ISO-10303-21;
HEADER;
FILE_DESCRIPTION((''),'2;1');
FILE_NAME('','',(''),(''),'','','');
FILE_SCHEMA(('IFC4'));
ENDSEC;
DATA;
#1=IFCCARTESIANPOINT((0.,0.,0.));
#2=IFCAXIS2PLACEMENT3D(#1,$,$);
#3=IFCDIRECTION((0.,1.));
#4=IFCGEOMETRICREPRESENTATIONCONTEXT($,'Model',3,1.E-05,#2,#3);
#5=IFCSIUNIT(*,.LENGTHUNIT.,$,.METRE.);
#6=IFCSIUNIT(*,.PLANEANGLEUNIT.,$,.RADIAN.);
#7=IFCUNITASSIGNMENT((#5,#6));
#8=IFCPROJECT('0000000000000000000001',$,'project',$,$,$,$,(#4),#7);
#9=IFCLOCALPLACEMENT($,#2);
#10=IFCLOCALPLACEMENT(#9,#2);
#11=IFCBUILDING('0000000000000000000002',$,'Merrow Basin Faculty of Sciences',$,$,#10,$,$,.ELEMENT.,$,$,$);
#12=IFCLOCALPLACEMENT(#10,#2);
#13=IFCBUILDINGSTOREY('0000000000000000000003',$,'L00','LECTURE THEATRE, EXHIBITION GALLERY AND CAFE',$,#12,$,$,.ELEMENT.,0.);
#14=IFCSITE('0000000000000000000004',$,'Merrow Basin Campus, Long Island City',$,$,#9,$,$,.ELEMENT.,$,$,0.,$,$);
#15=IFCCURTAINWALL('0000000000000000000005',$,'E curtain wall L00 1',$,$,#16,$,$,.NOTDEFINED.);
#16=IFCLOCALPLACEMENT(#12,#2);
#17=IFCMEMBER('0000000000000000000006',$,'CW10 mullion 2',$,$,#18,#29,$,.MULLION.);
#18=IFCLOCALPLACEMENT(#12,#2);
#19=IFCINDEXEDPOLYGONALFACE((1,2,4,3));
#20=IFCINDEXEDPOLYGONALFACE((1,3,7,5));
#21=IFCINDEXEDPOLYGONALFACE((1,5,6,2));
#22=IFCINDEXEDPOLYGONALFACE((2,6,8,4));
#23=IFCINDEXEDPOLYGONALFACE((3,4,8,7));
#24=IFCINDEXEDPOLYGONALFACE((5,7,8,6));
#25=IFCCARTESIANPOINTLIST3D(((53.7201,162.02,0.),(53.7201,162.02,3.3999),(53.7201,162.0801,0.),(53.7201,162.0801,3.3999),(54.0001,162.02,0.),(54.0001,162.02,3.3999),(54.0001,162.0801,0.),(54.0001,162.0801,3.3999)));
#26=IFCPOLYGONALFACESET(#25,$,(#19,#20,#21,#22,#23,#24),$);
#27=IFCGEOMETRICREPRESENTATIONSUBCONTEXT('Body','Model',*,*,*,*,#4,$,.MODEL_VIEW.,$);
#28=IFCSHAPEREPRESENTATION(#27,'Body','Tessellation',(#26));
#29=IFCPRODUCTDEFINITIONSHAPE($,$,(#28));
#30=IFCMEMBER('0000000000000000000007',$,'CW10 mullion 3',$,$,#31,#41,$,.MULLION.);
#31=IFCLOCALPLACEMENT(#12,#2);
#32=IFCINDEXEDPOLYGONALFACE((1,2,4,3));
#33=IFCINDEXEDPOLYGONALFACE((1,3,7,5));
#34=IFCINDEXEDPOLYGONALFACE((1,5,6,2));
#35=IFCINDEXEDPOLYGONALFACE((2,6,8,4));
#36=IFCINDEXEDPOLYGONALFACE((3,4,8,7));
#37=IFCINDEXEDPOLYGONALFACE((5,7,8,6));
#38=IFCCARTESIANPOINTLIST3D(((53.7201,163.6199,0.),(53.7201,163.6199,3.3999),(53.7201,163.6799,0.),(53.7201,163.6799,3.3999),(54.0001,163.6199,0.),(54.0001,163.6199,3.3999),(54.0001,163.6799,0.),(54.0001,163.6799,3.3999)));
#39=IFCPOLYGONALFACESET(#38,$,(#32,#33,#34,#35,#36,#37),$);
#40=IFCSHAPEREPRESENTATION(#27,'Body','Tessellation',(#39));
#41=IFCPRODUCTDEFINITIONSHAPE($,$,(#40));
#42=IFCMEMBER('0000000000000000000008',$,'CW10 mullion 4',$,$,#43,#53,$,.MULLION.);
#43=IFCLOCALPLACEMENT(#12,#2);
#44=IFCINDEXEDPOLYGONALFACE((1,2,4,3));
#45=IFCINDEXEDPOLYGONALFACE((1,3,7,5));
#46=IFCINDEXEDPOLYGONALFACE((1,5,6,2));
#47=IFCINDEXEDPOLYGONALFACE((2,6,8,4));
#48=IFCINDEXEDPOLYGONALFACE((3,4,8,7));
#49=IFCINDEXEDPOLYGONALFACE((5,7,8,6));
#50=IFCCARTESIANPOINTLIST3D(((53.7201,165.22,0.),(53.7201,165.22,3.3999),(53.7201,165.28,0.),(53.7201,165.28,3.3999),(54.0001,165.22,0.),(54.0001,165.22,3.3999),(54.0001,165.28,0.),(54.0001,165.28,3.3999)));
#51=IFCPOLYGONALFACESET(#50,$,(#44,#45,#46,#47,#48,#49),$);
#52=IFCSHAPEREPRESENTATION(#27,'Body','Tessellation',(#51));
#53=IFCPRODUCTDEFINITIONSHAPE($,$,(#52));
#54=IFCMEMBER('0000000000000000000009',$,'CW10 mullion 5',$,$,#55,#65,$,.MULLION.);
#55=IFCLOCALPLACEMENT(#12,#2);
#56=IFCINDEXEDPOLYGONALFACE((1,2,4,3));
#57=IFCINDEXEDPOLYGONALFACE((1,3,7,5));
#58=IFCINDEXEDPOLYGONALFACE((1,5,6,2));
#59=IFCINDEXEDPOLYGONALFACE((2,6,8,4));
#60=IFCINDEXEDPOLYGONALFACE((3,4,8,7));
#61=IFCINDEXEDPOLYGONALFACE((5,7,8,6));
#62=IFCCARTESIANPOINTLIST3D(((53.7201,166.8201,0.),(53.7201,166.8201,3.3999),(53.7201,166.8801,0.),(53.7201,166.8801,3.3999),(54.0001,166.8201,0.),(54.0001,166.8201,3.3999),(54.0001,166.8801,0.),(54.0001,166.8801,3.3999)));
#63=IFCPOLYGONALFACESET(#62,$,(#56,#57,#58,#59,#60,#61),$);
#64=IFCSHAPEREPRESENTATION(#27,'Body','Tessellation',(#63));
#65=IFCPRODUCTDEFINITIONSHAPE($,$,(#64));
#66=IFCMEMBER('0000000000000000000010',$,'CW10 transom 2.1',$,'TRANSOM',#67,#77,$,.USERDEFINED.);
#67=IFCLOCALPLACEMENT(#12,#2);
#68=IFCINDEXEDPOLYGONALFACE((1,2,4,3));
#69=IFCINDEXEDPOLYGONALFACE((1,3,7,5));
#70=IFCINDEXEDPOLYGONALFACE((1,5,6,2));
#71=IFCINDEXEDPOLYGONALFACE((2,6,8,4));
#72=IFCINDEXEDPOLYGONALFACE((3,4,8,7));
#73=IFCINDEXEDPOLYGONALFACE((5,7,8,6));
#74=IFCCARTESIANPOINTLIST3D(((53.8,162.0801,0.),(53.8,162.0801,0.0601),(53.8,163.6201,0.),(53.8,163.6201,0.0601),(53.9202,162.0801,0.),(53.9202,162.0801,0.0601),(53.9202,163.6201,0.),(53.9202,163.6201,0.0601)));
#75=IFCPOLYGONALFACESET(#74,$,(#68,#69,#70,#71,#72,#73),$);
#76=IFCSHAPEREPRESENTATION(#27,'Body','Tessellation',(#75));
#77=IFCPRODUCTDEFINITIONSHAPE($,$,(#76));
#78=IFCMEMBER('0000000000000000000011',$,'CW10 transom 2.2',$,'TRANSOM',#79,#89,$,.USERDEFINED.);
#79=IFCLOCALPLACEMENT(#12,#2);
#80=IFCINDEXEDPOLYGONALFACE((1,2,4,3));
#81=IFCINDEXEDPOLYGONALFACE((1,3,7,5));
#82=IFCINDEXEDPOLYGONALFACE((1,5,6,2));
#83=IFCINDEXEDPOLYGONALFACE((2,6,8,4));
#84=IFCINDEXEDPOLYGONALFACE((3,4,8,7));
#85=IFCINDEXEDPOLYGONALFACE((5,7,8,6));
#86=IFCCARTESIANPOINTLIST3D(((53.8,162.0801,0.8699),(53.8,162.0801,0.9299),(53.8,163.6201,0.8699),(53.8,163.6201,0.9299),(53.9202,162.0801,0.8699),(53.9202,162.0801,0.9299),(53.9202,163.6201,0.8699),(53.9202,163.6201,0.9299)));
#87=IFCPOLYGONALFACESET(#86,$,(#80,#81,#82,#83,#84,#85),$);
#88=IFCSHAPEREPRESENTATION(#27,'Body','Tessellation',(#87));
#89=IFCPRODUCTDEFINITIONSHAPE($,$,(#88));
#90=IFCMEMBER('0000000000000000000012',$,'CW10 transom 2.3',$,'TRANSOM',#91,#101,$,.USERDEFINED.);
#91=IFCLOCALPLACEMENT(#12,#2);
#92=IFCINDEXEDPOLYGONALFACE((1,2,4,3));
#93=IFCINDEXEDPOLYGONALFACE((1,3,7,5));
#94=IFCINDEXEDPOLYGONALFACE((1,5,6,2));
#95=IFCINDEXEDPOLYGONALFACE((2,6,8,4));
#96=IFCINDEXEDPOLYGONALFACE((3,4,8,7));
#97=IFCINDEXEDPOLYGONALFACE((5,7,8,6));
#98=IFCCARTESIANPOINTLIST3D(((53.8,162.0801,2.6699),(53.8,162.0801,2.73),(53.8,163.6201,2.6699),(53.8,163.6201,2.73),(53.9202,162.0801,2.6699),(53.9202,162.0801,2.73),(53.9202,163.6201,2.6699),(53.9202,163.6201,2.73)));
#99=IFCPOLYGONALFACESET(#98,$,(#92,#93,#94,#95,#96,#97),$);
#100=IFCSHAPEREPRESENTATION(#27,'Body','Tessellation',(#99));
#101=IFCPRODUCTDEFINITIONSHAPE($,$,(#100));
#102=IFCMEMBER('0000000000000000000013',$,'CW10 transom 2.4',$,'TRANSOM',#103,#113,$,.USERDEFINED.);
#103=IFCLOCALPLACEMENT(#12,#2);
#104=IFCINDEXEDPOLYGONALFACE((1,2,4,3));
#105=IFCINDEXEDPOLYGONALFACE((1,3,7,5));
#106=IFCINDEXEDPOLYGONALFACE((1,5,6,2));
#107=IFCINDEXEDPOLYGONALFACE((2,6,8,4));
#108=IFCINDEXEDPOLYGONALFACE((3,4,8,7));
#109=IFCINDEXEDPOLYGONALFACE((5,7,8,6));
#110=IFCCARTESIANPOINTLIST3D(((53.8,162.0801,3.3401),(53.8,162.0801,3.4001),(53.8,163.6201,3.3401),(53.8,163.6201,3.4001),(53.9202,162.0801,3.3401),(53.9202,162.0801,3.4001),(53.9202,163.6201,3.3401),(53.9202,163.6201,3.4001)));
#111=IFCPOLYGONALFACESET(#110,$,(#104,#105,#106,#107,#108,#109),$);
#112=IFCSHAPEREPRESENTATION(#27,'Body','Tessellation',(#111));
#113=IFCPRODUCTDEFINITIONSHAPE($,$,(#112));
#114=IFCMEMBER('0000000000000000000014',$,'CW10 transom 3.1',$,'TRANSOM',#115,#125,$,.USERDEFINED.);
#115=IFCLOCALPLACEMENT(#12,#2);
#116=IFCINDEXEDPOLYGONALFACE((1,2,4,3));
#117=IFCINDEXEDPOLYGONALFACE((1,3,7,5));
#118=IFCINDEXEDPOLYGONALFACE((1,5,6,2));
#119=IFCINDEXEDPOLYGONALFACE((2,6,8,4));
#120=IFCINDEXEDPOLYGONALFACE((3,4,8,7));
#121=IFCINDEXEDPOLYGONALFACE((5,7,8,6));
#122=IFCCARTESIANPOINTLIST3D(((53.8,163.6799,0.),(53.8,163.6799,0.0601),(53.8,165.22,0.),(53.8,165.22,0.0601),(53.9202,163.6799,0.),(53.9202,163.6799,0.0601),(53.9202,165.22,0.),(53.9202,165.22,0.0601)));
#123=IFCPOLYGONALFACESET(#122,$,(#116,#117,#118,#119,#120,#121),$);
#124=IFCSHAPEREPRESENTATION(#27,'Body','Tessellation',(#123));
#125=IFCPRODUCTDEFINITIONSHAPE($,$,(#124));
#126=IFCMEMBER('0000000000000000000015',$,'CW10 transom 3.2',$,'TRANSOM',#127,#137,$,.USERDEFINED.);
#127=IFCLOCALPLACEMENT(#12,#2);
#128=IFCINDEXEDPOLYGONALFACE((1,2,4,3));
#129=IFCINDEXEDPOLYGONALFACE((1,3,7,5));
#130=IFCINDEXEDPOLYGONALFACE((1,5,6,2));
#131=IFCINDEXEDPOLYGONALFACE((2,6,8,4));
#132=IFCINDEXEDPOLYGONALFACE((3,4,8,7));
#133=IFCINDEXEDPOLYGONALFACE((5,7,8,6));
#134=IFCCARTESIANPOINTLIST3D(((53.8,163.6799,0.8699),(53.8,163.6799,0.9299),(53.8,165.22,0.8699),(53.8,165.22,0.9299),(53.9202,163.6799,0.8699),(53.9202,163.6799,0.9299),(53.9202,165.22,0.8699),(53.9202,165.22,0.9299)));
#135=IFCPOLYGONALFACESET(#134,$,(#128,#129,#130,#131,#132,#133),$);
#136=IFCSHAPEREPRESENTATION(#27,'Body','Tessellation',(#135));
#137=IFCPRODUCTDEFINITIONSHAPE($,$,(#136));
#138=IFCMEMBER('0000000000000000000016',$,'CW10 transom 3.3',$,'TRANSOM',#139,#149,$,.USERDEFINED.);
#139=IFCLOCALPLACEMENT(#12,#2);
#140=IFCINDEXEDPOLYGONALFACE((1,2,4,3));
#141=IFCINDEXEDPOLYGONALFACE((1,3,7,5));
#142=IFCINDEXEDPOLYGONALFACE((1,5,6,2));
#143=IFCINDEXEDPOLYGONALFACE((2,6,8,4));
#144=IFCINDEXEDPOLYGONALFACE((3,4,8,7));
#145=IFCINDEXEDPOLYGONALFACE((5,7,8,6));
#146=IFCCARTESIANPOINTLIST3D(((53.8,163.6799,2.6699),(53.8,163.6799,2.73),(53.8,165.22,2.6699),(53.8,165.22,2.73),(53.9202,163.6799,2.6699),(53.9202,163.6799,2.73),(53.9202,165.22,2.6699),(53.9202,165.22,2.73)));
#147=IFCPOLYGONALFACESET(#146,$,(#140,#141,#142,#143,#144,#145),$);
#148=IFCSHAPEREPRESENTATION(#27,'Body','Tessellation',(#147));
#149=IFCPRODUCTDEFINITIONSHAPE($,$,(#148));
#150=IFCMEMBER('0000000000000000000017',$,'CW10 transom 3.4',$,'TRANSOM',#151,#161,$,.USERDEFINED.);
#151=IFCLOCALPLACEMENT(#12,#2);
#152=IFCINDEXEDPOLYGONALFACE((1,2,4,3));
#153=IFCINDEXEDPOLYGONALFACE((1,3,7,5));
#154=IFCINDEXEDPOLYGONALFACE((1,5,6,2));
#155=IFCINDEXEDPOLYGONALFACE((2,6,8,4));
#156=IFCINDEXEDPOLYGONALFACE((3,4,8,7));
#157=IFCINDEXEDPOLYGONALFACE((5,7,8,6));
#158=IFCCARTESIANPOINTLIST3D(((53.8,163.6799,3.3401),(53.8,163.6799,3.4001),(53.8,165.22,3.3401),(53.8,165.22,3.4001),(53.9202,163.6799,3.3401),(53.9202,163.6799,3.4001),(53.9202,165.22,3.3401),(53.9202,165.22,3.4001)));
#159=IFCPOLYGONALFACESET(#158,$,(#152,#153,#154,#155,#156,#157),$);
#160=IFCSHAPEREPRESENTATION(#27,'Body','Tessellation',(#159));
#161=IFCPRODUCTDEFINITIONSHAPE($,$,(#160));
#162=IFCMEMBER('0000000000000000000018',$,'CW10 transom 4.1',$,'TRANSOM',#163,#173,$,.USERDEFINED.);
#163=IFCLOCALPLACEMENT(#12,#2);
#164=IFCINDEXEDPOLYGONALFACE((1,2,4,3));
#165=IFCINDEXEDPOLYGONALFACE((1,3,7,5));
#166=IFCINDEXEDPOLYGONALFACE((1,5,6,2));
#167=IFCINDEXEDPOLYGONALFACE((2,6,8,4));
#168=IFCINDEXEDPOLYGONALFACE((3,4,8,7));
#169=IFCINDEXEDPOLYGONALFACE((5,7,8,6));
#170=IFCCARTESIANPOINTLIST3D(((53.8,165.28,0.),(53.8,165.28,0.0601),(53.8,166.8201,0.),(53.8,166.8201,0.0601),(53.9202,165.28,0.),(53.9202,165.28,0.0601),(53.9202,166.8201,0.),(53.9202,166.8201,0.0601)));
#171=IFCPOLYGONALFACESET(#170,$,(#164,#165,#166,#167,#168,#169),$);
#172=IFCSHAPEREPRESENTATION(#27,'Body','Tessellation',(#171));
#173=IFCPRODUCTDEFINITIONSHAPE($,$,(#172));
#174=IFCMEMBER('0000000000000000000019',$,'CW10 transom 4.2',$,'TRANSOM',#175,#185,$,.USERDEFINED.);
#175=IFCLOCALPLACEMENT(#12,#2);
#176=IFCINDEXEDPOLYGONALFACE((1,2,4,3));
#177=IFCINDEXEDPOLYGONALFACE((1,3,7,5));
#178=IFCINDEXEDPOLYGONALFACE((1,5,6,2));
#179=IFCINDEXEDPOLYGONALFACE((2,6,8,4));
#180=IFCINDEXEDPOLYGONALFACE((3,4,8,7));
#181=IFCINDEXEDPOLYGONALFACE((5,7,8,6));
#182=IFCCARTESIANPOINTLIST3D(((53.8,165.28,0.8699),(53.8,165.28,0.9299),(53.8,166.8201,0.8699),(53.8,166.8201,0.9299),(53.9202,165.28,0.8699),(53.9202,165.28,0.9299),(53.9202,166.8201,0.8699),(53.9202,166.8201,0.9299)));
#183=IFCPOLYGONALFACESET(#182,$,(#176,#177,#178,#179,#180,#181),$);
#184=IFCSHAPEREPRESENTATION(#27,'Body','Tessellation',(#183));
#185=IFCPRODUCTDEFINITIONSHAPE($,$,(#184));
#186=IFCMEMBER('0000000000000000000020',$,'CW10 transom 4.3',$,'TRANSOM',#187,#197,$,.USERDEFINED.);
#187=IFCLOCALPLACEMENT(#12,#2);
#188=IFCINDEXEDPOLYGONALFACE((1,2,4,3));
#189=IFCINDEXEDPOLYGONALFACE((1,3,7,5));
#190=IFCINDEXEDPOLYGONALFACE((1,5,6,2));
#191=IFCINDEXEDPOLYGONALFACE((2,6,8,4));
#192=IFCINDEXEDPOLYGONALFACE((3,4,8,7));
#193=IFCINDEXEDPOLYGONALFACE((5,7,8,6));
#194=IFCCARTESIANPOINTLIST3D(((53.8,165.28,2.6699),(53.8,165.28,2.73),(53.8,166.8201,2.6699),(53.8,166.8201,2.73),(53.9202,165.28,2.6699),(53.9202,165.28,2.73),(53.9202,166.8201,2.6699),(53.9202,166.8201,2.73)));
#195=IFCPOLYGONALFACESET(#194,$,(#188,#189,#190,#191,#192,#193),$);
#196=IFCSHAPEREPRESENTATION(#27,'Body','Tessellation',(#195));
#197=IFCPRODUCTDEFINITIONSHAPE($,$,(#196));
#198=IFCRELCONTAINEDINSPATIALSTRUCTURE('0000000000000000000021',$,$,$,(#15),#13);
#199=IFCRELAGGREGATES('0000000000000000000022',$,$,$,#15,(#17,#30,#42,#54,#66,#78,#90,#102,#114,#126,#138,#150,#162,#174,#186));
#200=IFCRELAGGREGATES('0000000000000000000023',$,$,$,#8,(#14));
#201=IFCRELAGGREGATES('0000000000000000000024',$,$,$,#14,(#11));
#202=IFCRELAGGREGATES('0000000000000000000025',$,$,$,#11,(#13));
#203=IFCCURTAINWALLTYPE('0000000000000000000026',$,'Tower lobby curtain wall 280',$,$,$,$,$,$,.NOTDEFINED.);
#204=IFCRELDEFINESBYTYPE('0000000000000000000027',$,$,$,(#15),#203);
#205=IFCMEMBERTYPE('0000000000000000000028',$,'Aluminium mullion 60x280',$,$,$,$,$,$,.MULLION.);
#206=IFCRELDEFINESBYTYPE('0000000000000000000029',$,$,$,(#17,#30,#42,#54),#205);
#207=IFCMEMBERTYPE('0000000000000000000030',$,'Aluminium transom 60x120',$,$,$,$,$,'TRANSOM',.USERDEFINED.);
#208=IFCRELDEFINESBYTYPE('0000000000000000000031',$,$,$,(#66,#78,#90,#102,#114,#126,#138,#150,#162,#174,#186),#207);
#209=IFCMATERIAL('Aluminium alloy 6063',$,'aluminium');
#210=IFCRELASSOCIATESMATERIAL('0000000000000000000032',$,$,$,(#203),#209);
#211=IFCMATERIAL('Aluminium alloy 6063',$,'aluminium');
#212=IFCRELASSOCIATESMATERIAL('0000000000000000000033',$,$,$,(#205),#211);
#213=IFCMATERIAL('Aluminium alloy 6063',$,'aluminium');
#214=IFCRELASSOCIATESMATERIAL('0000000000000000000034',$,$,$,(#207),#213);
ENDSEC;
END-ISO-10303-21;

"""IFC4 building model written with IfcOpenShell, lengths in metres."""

from ifc_helpers import new_model, si_unit, direction, frame, origin, origin_2d, place, context, subcontext, project, spatial, rectangle, extrude, material, material_profile, profile_set, type_object, element, aggregate, save


model = new_model("IFC4")

# Units and contexts
model_context = context("Model", 3, precision=1e-05, world=origin(), true_north=direction((0.0, 1.0)))
body_context = subcontext(model_context, "Body", "Model", "MODEL_VIEW")
ifc_project = project(units=[si_unit("LENGTHUNIT", "METRE"), si_unit("PLANEANGLEUNIT", "RADIAN")], contexts=[model_context])

# Site, building, storey
site_placement = place(None, origin())
site = spatial("IfcSite", under=ifc_project, at=site_placement, Name="Merrow Basin Campus, Long Island City", CompositionType="ELEMENT", RefElevation=0.0)
building_placement = place(site_placement, origin())
building = spatial("IfcBuilding", under=site, at=building_placement, Name="Merrow Basin Faculty of Sciences", CompositionType="ELEMENT")
storey_placement = place(building_placement, origin())
storey = spatial("IfcBuildingStorey", under=building, at=storey_placement, Name="L00", Description="LECTURE THEATRE, EXHIBITION GALLERY AND CAFE", CompositionType="ELEMENT", Elevation=0.0)

# Curtain wall, members
ifc_material_1 = material(Name="Aluminium alloy 6063", Category="aluminium")
curtain_wall_type = type_object("IfcCurtainWallType", Name="Tower lobby curtain wall 280", PredefinedType="NOTDEFINED", material=ifc_material_1)
curtain_wall_placement = place(storey_placement, origin())
curtain_wall = element("IfcCurtainWall", 1, at=curtain_wall_placement, inside=storey, type_object=curtain_wall_type, Name="E curtain wall L00 1", PredefinedType="NOTDEFINED")
ifc_material_2 = material(Name="Aluminium alloy 6063", Category="aluminium")
ifc_material_profile_1 = material_profile(ifc_material_2, rectangle(XDim=0.28, YDim=0.0601, at=origin_2d()))
ifc_profile_set_1 = profile_set([ifc_material_profile_1], Name="Aluminium alloy 6063")
member_type_1 = type_object("IfcMemberType", Name="Aluminium mullion 60x280", PredefinedType="MULLION", material=ifc_profile_set_1)
member_1_placement = place(storey_placement, frame((53.8601, 162.05, 0.0), z_axis=(0.0, 0.0, 1.0), x_axis=(-1.0, 0.0, 0.0)))
member_1 = element("IfcMember", 2, at=member_1_placement, type_object=member_type_1, Name="CW10 mullion 2", PredefinedType="MULLION", context=body_context, shape_type="SweptSolid", body=[
    extrude(rectangle(XDim=0.28, YDim=0.0601, at=origin_2d()), origin(), (0.0, 0.0, 1.0), 3.3999),
])
member_2_placement = place(storey_placement, frame((53.8601, 163.6499, 0.0), z_axis=(0.0, 0.0, 1.0), x_axis=(-1.0, 0.0, 0.0)))
member_2 = element("IfcMember", 3, at=member_2_placement, type_object=member_type_1, Name="CW10 mullion 3", PredefinedType="MULLION", context=body_context, shape_type="SweptSolid", body=[
    extrude(rectangle(XDim=0.28, YDim=0.0601, at=origin_2d()), origin(), (0.0, 0.0, 1.0), 3.3999),
])
member_3_placement = place(storey_placement, frame((53.8601, 165.25, 0.0), z_axis=(0.0, 0.0, 1.0), x_axis=(-1.0, 0.0, 0.0)))
member_3 = element("IfcMember", 4, at=member_3_placement, type_object=member_type_1, Name="CW10 mullion 4", PredefinedType="MULLION", context=body_context, shape_type="SweptSolid", body=[
    extrude(rectangle(XDim=0.28, YDim=0.0601, at=origin_2d()), origin(), (0.0, 0.0, 1.0), 3.3999),
])
member_4_placement = place(storey_placement, frame((53.8601, 166.8501, 0.0), z_axis=(0.0, 0.0, 1.0), x_axis=(-1.0, 0.0, 0.0)))
member_4 = element("IfcMember", 5, at=member_4_placement, type_object=member_type_1, Name="CW10 mullion 5", PredefinedType="MULLION", context=body_context, shape_type="SweptSolid", body=[
    extrude(rectangle(XDim=0.28, YDim=0.0601, at=origin_2d()), origin(), (0.0, 0.0, 1.0), 3.3999),
])
ifc_material_3 = material(Name="Aluminium alloy 6063", Category="aluminium")
ifc_material_profile_2 = material_profile(ifc_material_3, rectangle(XDim=0.1201, YDim=0.0601, at=origin_2d()))
ifc_profile_set_2 = profile_set([ifc_material_profile_2], Name="Aluminium alloy 6063")
member_type_2 = type_object("IfcMemberType", Name="Aluminium transom 60x120", ElementType="TRANSOM", PredefinedType="USERDEFINED", material=ifc_profile_set_2)
member_5_placement = place(storey_placement, frame((53.8601, 162.0801, 0.03), z_axis=(0.0, 1.0, 0.0), x_axis=(-1.0, 0.0, 0.0)))
member_5 = element("IfcMember", 6, at=member_5_placement, type_object=member_type_2, Name="CW10 transom 2.1", ObjectType="TRANSOM", PredefinedType="USERDEFINED", context=body_context, shape_type="SweptSolid", body=[
    extrude(rectangle(XDim=0.1201, YDim=0.0601, at=origin_2d()), origin(), (0.0, 0.0, 1.0), 1.54),
])
member_6_placement = place(storey_placement, frame((53.8601, 162.0801, 0.8999), z_axis=(0.0, 1.0, 0.0), x_axis=(-1.0, 0.0, 0.0)))
member_6 = element("IfcMember", 7, at=member_6_placement, type_object=member_type_2, Name="CW10 transom 2.2", ObjectType="TRANSOM", PredefinedType="USERDEFINED", context=body_context, shape_type="SweptSolid", body=[
    extrude(rectangle(XDim=0.1201, YDim=0.0601, at=origin_2d()), origin(), (0.0, 0.0, 1.0), 1.54),
])
member_7_placement = place(storey_placement, frame((53.8601, 162.0801, 2.7), z_axis=(0.0, 1.0, 0.0), x_axis=(-1.0, 0.0, 0.0)))
member_7 = element("IfcMember", 8, at=member_7_placement, type_object=member_type_2, Name="CW10 transom 2.3", ObjectType="TRANSOM", PredefinedType="USERDEFINED", context=body_context, shape_type="SweptSolid", body=[
    extrude(rectangle(XDim=0.1201, YDim=0.0601, at=origin_2d()), origin(), (0.0, 0.0, 1.0), 1.54),
])
member_8_placement = place(storey_placement, frame((53.8601, 162.0801, 3.3701), z_axis=(0.0, 1.0, 0.0), x_axis=(-1.0, 0.0, 0.0)))
member_8 = element("IfcMember", 9, at=member_8_placement, type_object=member_type_2, Name="CW10 transom 2.4", ObjectType="TRANSOM", PredefinedType="USERDEFINED", context=body_context, shape_type="SweptSolid", body=[
    extrude(rectangle(XDim=0.1201, YDim=0.0601, at=origin_2d()), origin(), (0.0, 0.0, 1.0), 1.54),
])
member_9_placement = place(storey_placement, frame((53.8601, 163.6799, 0.03), z_axis=(0.0, 1.0, 0.0), x_axis=(-1.0, 0.0, 0.0)))
member_9 = element("IfcMember", 10, at=member_9_placement, type_object=member_type_2, Name="CW10 transom 3.1", ObjectType="TRANSOM", PredefinedType="USERDEFINED", context=body_context, shape_type="SweptSolid", body=[
    extrude(rectangle(XDim=0.1201, YDim=0.0601, at=origin_2d()), origin(), (0.0, 0.0, 1.0), 1.54),
])
member_10_placement = place(storey_placement, frame((53.8601, 163.6799, 0.8999), z_axis=(0.0, 1.0, 0.0), x_axis=(-1.0, 0.0, 0.0)))
member_10 = element("IfcMember", 11, at=member_10_placement, type_object=member_type_2, Name="CW10 transom 3.2", ObjectType="TRANSOM", PredefinedType="USERDEFINED", context=body_context, shape_type="SweptSolid", body=[
    extrude(rectangle(XDim=0.1201, YDim=0.0601, at=origin_2d()), origin(), (0.0, 0.0, 1.0), 1.54),
])
member_11_placement = place(storey_placement, frame((53.8601, 163.6799, 2.7), z_axis=(0.0, 1.0, 0.0), x_axis=(-1.0, 0.0, 0.0)))
member_11 = element("IfcMember", 12, at=member_11_placement, type_object=member_type_2, Name="CW10 transom 3.3", ObjectType="TRANSOM", PredefinedType="USERDEFINED", context=body_context, shape_type="SweptSolid", body=[
    extrude(rectangle(XDim=0.1201, YDim=0.0601, at=origin_2d()), origin(), (0.0, 0.0, 1.0), 1.54),
])
member_12_placement = place(storey_placement, frame((53.8601, 163.6799, 3.3701), z_axis=(0.0, 1.0, 0.0), x_axis=(-1.0, 0.0, 0.0)))
member_12 = element("IfcMember", 13, at=member_12_placement, type_object=member_type_2, Name="CW10 transom 3.4", ObjectType="TRANSOM", PredefinedType="USERDEFINED", context=body_context, shape_type="SweptSolid", body=[
    extrude(rectangle(XDim=0.1201, YDim=0.0601, at=origin_2d()), origin(), (0.0, 0.0, 1.0), 1.54),
])
member_13_placement = place(storey_placement, frame((53.8601, 165.28, 0.03), z_axis=(0.0, 1.0, 0.0), x_axis=(-1.0, 0.0, 0.0)))
member_13 = element("IfcMember", 14, at=member_13_placement, type_object=member_type_2, Name="CW10 transom 4.1", ObjectType="TRANSOM", PredefinedType="USERDEFINED", context=body_context, shape_type="SweptSolid", body=[
    extrude(rectangle(XDim=0.1201, YDim=0.0601, at=origin_2d()), origin(), (0.0, 0.0, 1.0), 1.54),
])
member_14_placement = place(storey_placement, frame((53.8601, 165.28, 0.8999), z_axis=(0.0, 1.0, 0.0), x_axis=(-1.0, 0.0, 0.0)))
member_14 = element("IfcMember", 15, at=member_14_placement, type_object=member_type_2, Name="CW10 transom 4.2", ObjectType="TRANSOM", PredefinedType="USERDEFINED", context=body_context, shape_type="SweptSolid", body=[
    extrude(rectangle(XDim=0.1201, YDim=0.0601, at=origin_2d()), origin(), (0.0, 0.0, 1.0), 1.54),
])
member_15_placement = place(storey_placement, frame((53.8601, 165.28, 2.7), z_axis=(0.0, 1.0, 0.0), x_axis=(-1.0, 0.0, 0.0)))
member_15 = element("IfcMember", 16, at=member_15_placement, type_object=member_type_2, Name="CW10 transom 4.3", ObjectType="TRANSOM", PredefinedType="USERDEFINED", context=body_context, shape_type="SweptSolid", body=[
    extrude(rectangle(XDim=0.1201, YDim=0.0601, at=origin_2d()), origin(), (0.0, 0.0, 1.0), 1.54),
])
aggregate(curtain_wall, [member_1, member_2, member_3, member_4, member_5, member_6, member_7, member_8, member_9, member_10, member_11, member_12, member_13, member_14, member_15])

save(model, "model.ifc")
